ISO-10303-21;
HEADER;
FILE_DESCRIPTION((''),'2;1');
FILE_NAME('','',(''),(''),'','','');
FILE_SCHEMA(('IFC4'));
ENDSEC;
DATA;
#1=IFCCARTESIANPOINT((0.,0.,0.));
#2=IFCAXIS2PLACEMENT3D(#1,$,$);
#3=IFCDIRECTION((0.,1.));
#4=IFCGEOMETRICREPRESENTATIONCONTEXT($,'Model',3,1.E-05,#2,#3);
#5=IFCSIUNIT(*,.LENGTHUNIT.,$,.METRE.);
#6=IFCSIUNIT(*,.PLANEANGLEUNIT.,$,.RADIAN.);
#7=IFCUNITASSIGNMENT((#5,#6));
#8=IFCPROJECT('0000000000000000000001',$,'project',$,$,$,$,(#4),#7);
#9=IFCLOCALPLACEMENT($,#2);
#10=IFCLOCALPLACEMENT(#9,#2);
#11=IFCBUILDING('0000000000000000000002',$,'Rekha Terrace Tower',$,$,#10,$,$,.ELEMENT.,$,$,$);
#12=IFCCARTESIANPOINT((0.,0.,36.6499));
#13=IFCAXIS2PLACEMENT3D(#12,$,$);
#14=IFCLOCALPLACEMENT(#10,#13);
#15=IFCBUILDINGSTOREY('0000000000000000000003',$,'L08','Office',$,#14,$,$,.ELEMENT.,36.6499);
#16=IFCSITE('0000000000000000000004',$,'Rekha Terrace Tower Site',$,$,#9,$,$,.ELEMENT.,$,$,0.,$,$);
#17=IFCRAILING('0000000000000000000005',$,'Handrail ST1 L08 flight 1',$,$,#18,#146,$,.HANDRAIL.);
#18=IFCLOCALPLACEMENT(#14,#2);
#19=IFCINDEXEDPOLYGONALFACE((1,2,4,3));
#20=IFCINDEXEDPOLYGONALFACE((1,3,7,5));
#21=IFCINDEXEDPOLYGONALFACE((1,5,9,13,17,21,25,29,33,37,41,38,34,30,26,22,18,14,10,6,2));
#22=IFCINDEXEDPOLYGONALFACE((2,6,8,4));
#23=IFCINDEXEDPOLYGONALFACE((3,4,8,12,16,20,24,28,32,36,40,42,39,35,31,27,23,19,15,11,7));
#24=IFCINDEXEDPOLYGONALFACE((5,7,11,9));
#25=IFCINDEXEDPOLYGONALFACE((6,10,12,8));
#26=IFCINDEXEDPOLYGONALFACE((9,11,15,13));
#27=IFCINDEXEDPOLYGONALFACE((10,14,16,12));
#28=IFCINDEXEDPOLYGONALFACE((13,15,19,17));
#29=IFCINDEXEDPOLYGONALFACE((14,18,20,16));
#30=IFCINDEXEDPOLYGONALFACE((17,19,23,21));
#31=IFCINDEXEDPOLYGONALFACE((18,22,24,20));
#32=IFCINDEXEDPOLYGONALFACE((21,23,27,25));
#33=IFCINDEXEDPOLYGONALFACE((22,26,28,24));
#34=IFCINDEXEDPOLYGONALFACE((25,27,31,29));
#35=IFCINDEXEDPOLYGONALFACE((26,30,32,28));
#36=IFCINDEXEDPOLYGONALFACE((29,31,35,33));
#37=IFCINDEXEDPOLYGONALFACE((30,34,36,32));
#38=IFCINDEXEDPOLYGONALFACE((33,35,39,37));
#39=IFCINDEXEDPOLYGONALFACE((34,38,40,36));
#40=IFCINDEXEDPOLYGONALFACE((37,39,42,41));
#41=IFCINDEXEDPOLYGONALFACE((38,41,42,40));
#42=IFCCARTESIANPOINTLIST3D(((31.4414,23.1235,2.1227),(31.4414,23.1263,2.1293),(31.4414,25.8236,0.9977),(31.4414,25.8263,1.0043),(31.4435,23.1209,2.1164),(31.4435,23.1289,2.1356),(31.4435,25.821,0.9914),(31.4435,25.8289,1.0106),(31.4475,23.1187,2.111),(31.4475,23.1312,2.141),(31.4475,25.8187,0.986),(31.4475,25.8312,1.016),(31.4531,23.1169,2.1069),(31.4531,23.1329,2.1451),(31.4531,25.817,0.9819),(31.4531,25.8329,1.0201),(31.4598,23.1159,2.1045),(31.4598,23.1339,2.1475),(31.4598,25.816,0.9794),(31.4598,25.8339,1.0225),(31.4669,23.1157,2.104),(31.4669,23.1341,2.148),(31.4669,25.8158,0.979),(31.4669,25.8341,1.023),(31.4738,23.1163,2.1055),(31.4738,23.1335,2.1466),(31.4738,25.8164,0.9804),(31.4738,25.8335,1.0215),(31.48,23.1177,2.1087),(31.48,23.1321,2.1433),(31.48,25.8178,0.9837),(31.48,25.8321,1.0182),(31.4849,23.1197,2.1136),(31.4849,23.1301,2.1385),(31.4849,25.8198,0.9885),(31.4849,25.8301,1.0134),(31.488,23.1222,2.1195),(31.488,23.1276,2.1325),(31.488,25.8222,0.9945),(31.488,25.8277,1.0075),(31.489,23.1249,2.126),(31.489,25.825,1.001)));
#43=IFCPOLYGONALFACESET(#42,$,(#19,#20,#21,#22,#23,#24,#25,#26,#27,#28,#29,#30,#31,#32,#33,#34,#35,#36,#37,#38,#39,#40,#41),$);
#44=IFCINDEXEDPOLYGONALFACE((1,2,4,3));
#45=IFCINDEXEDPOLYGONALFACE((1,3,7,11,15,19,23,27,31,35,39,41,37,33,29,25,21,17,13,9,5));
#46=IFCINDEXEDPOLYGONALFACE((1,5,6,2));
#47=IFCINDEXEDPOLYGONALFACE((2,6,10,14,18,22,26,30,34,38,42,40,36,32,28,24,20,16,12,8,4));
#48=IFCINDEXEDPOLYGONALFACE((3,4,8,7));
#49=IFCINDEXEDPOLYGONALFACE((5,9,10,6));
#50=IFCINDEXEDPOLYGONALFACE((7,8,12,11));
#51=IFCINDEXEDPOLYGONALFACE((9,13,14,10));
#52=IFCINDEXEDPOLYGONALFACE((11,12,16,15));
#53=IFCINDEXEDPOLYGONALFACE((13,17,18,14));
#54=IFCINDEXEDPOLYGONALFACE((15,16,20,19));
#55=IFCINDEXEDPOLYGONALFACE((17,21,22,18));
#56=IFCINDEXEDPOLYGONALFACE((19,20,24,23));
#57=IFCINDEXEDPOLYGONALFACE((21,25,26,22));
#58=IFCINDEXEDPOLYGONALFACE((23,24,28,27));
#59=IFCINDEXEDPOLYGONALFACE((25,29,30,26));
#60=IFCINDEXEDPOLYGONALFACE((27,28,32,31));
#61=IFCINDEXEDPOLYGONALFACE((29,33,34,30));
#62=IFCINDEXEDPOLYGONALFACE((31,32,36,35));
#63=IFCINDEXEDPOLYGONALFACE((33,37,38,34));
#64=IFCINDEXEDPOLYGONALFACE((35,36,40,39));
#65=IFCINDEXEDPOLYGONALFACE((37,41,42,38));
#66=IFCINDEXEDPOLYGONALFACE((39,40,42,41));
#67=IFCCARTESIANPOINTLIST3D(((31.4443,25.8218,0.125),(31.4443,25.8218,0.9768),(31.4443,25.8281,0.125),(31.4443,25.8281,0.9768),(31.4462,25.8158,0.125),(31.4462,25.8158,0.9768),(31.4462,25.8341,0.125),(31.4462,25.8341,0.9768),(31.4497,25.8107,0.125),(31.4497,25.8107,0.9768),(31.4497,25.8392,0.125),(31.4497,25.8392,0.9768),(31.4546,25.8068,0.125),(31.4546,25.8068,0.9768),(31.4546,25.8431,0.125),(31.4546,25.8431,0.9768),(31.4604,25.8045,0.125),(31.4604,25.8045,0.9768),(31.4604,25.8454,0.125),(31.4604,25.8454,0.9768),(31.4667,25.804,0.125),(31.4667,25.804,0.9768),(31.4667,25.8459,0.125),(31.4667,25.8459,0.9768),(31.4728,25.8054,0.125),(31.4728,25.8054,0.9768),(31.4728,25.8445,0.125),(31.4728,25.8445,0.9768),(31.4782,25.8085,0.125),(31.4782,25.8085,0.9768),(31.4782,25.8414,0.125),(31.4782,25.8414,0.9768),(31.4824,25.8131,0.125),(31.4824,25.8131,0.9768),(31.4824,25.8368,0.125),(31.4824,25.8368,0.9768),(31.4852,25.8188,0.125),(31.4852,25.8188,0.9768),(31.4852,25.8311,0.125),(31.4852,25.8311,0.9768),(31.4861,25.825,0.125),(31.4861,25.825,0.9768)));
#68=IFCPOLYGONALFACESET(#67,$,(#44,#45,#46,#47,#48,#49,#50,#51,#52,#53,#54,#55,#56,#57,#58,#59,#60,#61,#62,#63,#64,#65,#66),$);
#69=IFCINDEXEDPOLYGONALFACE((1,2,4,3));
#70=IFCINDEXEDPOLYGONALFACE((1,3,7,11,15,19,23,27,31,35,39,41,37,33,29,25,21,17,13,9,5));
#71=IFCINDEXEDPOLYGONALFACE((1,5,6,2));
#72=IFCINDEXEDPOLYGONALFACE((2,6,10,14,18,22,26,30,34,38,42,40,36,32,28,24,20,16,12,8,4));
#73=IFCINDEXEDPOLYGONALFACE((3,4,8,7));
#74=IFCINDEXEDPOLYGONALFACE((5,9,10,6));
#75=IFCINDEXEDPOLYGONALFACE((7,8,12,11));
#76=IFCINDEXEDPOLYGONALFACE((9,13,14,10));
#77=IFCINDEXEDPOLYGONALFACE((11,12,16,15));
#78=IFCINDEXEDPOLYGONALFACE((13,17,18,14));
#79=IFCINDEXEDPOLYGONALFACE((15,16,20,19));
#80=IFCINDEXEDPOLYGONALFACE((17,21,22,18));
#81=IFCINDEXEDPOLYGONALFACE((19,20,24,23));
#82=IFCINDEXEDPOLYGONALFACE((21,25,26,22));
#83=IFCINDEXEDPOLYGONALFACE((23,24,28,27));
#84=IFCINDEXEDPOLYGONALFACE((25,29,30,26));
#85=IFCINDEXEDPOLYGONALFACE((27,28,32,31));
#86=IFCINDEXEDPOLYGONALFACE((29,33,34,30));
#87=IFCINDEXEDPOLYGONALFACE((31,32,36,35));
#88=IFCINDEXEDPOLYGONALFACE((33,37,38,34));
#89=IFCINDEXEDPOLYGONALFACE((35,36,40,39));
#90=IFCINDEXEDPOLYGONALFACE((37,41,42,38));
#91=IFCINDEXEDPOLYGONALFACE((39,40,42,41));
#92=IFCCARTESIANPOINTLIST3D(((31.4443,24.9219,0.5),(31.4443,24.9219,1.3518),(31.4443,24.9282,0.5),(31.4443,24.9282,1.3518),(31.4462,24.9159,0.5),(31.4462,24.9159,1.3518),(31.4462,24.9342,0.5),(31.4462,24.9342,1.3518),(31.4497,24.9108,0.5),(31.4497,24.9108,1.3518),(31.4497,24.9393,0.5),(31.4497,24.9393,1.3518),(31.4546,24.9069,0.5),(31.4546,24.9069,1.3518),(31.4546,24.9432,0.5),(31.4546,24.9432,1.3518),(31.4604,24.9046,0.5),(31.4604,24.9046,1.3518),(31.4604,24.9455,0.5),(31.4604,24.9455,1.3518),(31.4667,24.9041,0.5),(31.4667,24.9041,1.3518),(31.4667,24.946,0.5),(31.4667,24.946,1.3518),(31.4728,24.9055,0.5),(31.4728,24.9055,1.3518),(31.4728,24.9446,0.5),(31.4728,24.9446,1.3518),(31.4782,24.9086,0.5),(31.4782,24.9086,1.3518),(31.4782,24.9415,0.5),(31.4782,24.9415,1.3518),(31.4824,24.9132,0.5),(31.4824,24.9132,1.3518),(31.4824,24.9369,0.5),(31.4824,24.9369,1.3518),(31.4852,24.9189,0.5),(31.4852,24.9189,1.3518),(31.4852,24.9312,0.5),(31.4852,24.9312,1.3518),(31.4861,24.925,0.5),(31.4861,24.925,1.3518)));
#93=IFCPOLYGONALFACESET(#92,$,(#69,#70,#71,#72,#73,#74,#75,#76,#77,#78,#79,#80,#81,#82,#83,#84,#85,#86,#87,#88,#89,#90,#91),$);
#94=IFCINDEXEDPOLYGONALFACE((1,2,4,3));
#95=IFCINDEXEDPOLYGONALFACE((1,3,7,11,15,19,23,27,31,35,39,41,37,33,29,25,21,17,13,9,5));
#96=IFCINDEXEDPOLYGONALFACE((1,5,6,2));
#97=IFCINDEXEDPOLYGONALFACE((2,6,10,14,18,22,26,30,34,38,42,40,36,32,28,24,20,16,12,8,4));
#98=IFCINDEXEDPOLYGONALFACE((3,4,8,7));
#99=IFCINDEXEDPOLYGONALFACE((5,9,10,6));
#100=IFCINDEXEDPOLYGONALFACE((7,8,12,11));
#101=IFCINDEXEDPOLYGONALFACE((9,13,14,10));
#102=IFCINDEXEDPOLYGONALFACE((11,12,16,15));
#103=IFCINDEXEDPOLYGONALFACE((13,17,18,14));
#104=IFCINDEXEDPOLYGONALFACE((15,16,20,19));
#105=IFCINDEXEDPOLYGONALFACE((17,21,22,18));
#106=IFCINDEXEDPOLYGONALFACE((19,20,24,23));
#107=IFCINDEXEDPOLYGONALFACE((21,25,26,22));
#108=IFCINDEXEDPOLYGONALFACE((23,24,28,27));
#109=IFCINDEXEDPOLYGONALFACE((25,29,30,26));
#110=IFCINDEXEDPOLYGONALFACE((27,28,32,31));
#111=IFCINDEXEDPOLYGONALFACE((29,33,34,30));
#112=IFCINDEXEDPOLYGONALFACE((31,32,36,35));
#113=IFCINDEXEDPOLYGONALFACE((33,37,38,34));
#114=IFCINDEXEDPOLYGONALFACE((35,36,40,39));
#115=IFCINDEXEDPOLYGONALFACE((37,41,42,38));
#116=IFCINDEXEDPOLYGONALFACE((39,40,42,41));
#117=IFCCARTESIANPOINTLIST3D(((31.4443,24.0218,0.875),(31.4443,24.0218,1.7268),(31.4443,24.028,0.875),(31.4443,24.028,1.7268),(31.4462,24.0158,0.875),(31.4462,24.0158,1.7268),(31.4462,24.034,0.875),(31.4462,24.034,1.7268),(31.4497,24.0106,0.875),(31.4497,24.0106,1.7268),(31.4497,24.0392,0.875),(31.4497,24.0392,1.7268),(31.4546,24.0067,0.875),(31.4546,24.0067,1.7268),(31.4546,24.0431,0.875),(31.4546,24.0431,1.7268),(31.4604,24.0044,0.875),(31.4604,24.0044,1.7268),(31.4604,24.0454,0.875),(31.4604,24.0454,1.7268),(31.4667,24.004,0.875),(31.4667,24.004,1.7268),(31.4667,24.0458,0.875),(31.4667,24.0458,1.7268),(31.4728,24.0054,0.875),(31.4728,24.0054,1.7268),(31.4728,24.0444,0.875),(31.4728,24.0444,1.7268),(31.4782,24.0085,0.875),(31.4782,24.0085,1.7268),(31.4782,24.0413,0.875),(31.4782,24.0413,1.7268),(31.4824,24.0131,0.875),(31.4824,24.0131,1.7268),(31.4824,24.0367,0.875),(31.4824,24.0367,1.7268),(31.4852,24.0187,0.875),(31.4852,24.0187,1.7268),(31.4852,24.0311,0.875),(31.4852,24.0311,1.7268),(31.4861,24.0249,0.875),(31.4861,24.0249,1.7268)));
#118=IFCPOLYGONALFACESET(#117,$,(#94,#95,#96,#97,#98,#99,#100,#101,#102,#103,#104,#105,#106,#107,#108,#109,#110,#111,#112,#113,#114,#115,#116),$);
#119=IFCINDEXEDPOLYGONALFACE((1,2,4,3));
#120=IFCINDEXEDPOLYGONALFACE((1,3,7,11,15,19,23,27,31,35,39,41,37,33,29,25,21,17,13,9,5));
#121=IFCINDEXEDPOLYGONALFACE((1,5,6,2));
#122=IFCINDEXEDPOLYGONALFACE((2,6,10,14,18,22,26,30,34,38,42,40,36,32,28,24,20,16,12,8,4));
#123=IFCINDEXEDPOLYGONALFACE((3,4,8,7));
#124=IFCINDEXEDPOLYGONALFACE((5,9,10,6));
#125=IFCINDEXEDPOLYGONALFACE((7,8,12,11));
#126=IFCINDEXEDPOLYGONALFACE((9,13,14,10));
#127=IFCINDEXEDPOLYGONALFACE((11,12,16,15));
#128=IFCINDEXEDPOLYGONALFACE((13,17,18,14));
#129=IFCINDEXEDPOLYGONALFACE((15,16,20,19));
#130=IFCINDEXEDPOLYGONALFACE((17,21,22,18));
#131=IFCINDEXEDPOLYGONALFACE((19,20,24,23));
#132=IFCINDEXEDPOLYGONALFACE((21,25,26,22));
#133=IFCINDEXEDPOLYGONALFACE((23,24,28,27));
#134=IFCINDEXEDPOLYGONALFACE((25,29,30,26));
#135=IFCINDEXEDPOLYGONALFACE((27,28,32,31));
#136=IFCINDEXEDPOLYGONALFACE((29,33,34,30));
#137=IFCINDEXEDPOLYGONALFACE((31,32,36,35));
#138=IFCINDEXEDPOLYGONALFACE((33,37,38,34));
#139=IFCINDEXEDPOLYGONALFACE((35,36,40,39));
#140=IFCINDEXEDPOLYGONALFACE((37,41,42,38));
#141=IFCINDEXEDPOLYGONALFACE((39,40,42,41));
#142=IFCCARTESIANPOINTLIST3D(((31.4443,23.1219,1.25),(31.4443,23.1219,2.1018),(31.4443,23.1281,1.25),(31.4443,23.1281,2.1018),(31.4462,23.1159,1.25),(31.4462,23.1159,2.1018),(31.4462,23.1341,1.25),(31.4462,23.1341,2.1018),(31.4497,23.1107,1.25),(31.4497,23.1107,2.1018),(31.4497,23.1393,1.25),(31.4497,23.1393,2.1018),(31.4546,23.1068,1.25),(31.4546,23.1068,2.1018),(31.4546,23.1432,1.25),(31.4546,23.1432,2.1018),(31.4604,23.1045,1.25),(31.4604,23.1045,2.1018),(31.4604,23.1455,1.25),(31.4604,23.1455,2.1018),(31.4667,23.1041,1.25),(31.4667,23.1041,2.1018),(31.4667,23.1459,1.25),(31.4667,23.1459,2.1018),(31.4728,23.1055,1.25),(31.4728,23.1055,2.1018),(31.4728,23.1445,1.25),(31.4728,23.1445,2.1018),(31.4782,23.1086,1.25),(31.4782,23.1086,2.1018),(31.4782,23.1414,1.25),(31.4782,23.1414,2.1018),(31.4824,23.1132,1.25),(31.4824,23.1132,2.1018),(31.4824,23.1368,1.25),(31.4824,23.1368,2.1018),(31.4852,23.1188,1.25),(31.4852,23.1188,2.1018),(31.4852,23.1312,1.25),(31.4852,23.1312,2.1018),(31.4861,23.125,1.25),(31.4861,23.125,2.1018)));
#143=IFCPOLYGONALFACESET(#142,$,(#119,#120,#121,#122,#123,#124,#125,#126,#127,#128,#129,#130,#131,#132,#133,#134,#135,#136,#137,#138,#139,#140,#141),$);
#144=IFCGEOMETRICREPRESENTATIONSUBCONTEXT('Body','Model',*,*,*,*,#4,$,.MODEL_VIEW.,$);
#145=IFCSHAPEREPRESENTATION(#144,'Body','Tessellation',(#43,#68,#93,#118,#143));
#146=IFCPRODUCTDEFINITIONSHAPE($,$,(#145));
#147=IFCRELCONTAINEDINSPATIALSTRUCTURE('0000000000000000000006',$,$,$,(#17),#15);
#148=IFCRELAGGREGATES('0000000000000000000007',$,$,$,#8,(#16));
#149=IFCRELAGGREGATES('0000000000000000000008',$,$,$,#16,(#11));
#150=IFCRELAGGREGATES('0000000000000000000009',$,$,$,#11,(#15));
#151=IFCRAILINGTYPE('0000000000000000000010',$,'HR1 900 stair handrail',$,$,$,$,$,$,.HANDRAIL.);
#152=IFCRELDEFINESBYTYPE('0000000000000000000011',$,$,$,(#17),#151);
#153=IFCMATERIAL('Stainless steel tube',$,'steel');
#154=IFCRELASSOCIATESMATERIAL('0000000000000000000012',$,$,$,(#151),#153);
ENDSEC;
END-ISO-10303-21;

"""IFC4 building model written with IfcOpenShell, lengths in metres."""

from ifc_helpers import new_model, si_unit, direction, frame, origin, origin_2d, place, context, subcontext, project, spatial, circle, extrude, material, type_object, element, save


model = new_model("IFC4")

# Units and contexts
model_context = context("Model", 3, precision=1e-05, world=origin(), true_north=direction((0.0, 1.0)))
body_context = subcontext(model_context, "Body", "Model", "MODEL_VIEW")
ifc_project = project(units=[si_unit("LENGTHUNIT", "METRE"), si_unit("PLANEANGLEUNIT", "RADIAN")], contexts=[model_context])

# Site, building, storey
site_placement = place(None, origin())
site = spatial("IfcSite", under=ifc_project, at=site_placement, Name="Rekha Terrace Tower Site", CompositionType="ELEMENT", RefElevation=0.0)
building_placement = place(site_placement, origin())
building = spatial("IfcBuilding", under=site, at=building_placement, Name="Rekha Terrace Tower", CompositionType="ELEMENT")
storey_placement = place(building_placement, frame((0.0, 0.0, 36.6499)))
storey = spatial("IfcBuildingStorey", under=building, at=storey_placement, Name="L08", Description="Office", CompositionType="ELEMENT", Elevation=36.6499)

# Railing
ifc_material_1 = material(Name="Stainless steel tube", Category="steel")
railing_type = type_object("IfcRailingType", Name="HR1 900 stair handrail", PredefinedType="HANDRAIL", material=ifc_material_1)
railing_placement = place(storey_placement, frame((31.4651, 25.825, 0.125)))
element("IfcRailing", 1, at=railing_placement, inside=storey, type_object=railing_type, Name="Handrail ST1 L08 flight 1", PredefinedType="HANDRAIL", context=body_context, shape_type="SweptSolid", body=[
    extrude(circle(Radius=0.0239, at=origin_2d()), frame((0.0, 0.0, 0.876), z_axis=(0.0, -0.923074, 0.384621), x_axis=(1.0, 0.0, 0.0)), (0.0, 0.0, 1.0), 2.925),
    extrude(circle(Radius=0.021, at=origin_2d()), origin(), (0.0, 0.0, 1.0), 0.8518),
    extrude(circle(Radius=0.021, at=origin_2d()), frame((0.0, -0.8999, 0.375)), (0.0, 0.0, 1.0), 0.8518),
    extrude(circle(Radius=0.021, at=origin_2d()), frame((0.0, -1.8, 0.75)), (0.0, 0.0, 1.0), 0.8518),
    extrude(circle(Radius=0.021, at=origin_2d()), frame((0.0, -2.7, 1.125)), (0.0, 0.0, 1.0), 0.8518),
])

save(model, "model.ifc")
